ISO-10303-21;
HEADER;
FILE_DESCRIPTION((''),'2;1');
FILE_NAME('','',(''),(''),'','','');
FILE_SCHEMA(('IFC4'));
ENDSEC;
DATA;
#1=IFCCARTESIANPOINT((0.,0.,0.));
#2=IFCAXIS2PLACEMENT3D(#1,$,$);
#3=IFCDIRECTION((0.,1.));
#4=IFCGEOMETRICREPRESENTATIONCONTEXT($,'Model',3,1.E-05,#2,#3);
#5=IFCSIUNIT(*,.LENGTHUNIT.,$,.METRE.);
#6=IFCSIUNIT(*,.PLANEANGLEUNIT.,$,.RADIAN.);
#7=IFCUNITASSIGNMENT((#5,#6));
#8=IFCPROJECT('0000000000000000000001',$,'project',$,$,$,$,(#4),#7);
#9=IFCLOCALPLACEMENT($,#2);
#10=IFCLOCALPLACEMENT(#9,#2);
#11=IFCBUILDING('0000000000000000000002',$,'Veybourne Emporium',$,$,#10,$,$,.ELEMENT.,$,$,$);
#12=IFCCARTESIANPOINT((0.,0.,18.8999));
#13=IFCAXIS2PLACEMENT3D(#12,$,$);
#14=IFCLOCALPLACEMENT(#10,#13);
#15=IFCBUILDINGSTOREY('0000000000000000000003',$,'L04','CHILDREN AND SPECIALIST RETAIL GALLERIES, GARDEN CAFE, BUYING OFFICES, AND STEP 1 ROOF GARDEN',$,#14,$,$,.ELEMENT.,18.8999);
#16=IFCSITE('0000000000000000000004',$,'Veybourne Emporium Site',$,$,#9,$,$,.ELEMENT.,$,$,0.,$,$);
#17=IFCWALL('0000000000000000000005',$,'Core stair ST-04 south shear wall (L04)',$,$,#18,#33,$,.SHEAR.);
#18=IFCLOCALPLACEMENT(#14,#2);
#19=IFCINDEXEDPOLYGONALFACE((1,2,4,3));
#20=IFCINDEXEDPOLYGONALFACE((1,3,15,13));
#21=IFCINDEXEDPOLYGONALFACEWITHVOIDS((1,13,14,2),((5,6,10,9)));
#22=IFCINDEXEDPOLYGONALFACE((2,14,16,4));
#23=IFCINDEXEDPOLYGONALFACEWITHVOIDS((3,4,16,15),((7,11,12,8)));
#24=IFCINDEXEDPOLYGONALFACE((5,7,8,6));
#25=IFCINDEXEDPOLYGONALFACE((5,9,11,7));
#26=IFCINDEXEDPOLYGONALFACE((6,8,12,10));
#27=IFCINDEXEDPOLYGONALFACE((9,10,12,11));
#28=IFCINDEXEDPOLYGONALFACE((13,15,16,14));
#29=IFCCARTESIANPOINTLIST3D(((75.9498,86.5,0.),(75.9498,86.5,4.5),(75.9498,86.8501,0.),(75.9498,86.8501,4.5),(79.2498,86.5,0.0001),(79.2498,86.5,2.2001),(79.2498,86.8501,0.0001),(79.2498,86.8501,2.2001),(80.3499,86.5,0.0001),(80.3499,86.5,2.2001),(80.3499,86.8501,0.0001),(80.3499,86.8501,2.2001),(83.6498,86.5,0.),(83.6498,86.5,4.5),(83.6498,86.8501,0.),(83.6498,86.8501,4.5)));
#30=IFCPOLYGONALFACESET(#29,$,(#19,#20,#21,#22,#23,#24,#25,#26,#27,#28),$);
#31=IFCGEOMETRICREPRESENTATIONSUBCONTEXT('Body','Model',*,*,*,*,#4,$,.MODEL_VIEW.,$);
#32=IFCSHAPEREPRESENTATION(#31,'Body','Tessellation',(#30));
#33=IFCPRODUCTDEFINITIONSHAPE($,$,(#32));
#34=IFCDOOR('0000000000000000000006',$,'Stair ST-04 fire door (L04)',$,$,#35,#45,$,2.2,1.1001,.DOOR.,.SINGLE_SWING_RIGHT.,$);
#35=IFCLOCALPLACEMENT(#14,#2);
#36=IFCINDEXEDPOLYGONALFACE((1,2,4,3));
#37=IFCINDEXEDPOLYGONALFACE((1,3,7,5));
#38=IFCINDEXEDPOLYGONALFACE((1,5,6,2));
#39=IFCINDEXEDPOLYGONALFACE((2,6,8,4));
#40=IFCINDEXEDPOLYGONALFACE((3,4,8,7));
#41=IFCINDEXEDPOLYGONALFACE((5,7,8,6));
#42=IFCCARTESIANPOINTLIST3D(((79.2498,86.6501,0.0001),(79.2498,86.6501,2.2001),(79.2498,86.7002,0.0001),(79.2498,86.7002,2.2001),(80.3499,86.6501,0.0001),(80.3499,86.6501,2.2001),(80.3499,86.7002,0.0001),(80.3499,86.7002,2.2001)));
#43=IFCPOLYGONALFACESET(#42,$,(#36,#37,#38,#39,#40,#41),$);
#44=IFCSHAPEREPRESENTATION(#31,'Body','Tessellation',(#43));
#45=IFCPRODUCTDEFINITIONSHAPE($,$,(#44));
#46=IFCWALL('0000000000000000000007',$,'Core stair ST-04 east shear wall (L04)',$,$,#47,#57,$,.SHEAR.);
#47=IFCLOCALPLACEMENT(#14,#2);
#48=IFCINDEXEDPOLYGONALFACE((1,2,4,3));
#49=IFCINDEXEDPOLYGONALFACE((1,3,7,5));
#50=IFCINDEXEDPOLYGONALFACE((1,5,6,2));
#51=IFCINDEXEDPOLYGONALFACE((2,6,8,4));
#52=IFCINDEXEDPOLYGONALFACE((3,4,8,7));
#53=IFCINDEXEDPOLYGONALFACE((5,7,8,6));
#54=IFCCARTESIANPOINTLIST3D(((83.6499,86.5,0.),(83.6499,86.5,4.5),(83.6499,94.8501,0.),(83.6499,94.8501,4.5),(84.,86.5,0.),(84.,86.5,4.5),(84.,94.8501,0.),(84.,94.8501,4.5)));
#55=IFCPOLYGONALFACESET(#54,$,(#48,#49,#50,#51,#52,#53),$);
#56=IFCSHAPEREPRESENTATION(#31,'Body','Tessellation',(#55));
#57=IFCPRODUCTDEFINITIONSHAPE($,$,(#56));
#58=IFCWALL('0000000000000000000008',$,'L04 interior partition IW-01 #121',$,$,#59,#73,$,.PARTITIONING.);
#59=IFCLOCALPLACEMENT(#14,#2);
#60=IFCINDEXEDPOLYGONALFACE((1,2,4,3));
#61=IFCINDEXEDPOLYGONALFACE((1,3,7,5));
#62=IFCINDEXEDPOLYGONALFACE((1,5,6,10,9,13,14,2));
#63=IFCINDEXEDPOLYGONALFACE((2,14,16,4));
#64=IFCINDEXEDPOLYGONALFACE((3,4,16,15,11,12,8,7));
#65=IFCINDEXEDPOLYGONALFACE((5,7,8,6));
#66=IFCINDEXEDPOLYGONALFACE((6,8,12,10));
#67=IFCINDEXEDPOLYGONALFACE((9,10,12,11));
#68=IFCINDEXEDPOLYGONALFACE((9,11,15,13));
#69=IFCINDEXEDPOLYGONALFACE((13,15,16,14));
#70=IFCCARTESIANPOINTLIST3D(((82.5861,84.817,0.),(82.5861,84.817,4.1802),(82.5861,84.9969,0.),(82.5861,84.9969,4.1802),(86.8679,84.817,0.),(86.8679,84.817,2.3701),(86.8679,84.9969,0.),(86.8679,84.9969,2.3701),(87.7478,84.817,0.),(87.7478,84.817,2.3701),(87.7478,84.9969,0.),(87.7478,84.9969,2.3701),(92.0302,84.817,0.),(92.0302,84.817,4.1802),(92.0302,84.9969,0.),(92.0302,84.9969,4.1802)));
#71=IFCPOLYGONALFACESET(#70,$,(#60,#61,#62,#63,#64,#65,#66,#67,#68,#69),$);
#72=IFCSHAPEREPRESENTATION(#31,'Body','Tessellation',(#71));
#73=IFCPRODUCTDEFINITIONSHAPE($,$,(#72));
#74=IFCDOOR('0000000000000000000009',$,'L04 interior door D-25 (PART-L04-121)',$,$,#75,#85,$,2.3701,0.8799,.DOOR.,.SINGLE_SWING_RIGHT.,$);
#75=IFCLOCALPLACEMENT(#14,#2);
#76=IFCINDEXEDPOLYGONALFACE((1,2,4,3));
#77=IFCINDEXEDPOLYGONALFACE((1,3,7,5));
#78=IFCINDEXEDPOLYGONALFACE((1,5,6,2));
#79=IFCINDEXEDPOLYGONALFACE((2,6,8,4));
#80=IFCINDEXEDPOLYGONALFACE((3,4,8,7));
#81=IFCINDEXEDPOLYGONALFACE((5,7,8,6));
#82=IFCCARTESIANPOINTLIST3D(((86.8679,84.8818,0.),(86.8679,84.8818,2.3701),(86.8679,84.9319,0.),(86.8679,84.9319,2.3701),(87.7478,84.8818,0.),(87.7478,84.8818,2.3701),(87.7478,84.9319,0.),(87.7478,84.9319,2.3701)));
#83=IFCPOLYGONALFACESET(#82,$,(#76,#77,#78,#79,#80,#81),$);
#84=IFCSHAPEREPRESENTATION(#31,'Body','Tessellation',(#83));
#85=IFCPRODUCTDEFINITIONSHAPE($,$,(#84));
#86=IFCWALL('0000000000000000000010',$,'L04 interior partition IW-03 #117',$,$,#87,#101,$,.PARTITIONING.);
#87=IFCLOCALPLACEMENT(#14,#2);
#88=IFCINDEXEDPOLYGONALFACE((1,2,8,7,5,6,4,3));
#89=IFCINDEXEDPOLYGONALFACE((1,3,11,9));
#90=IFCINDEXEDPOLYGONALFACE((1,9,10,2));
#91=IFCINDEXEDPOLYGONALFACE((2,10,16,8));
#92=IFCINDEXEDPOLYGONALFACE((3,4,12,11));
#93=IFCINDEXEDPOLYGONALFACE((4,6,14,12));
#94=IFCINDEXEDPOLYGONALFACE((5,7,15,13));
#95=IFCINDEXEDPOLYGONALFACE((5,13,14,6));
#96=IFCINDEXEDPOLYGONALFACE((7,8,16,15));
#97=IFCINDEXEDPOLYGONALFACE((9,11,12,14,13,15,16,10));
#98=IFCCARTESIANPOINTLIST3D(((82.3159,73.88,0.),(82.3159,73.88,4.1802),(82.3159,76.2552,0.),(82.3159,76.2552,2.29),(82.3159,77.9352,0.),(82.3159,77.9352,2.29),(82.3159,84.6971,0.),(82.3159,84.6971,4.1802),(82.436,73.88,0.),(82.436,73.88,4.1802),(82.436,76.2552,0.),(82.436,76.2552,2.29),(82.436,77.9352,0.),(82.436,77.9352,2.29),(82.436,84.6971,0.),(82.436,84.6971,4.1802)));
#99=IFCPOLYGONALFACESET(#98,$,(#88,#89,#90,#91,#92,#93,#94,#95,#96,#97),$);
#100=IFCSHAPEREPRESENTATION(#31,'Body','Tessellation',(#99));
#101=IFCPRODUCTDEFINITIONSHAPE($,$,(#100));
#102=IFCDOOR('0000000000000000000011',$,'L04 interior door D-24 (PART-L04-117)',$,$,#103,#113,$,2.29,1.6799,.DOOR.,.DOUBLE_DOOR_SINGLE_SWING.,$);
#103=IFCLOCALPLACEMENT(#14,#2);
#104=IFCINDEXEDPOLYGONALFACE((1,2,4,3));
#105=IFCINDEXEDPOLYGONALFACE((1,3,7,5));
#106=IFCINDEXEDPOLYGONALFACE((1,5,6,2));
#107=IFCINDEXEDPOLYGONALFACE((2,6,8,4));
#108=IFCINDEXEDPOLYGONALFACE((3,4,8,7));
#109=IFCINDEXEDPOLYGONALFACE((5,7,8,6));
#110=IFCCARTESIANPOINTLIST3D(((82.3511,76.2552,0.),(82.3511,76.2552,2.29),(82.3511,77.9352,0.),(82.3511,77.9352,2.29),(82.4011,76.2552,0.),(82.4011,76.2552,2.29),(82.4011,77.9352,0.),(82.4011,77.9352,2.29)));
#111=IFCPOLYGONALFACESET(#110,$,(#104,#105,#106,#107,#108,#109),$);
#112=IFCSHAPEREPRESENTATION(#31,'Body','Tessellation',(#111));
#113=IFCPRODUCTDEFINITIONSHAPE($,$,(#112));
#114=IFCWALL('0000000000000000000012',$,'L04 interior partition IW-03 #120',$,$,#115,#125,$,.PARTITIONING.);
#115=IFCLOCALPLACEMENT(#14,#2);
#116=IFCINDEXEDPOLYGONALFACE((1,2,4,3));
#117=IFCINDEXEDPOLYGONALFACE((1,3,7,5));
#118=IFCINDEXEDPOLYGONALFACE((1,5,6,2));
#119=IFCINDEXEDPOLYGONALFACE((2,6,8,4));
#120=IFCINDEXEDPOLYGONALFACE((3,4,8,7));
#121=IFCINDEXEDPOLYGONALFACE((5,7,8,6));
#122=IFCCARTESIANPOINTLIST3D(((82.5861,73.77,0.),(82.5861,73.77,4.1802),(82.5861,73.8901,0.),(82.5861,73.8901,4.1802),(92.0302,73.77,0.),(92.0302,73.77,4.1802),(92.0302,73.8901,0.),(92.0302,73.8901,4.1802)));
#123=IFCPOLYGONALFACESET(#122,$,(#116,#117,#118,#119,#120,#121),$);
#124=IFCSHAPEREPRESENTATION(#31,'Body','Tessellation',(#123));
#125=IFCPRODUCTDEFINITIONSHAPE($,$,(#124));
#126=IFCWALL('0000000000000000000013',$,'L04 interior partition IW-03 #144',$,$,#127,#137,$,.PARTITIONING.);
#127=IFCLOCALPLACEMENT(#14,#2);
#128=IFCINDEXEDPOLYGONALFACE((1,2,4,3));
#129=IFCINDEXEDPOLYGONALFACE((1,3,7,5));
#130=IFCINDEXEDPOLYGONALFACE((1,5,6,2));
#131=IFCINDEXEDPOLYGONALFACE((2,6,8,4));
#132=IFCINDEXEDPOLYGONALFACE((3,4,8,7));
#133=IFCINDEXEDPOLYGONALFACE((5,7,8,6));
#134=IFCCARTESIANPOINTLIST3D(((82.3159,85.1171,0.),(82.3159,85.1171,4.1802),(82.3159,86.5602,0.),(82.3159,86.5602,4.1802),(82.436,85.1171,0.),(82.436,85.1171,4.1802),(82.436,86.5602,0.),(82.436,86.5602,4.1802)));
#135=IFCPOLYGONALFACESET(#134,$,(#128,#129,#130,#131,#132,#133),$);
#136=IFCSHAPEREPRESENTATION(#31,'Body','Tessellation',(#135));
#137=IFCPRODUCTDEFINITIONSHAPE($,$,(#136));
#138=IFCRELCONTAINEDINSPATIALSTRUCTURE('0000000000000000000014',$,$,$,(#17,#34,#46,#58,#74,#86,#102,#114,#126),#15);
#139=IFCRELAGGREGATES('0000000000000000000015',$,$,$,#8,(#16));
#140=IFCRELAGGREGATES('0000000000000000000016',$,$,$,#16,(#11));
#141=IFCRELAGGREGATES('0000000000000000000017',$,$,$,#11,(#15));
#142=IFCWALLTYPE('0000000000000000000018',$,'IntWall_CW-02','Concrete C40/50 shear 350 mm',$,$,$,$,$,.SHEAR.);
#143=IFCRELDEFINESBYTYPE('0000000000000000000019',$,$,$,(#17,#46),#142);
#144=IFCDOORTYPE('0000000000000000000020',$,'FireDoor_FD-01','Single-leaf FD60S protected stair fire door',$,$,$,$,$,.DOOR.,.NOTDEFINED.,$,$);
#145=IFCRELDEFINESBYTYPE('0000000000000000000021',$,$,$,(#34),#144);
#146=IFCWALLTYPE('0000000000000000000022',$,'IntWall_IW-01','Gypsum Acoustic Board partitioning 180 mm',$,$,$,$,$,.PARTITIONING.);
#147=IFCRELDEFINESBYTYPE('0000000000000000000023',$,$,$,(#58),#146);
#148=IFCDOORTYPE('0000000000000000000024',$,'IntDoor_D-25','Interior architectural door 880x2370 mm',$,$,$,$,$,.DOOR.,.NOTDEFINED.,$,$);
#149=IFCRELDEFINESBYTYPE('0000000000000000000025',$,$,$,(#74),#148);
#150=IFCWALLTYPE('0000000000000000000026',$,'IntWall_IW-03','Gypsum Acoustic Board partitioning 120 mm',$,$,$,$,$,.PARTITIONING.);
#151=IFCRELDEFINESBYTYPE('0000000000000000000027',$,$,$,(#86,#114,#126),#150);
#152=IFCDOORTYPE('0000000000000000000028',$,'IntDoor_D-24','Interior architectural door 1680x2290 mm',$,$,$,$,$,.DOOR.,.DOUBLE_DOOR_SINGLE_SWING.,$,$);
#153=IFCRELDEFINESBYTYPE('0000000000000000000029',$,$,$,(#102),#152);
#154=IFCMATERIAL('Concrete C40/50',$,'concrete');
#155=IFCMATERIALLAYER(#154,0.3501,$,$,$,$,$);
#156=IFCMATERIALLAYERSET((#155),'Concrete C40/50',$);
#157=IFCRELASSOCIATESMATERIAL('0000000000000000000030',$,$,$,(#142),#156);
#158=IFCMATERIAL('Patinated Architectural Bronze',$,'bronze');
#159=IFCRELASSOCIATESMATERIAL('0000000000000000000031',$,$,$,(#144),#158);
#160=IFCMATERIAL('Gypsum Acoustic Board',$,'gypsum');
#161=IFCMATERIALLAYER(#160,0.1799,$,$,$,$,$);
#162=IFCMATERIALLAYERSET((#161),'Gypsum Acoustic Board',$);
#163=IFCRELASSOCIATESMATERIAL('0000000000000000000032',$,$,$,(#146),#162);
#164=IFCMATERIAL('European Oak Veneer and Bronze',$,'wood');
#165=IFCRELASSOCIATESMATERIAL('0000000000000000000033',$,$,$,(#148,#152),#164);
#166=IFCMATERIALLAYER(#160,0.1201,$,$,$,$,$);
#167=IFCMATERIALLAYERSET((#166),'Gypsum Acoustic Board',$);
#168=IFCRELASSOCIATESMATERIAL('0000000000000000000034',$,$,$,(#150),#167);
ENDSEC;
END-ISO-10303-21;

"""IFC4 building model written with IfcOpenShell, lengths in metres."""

from ifc_helpers import new_model, si_unit, direction, frame, frame_2d, origin, place, context, subcontext, project, spatial, rectangle, extrude, material, layer, layer_set, type_object, element, fill, save


model = new_model("IFC4")

# Units and contexts
model_context = context("Model", 3, precision=1e-05, world=origin(), true_north=direction((0.0, 1.0)))
body_context = subcontext(model_context, "Body", "Model", "MODEL_VIEW")
ifc_project = project(units=[si_unit("LENGTHUNIT", "METRE"), si_unit("PLANEANGLEUNIT", "RADIAN")], contexts=[model_context])

# Site, building, storey
site_placement = place(None, origin())
site = spatial("IfcSite", under=ifc_project, at=site_placement, Name="Veybourne Emporium Site", CompositionType="ELEMENT", RefElevation=0.0)
building_placement = place(site_placement, origin())
building = spatial("IfcBuilding", under=site, at=building_placement, Name="Veybourne Emporium", CompositionType="ELEMENT")
storey_placement = place(building_placement, frame((0.0, 0.0, 18.8999)))
storey = spatial("IfcBuildingStorey", under=building, at=storey_placement, Name="L04", Description="CHILDREN AND SPECIALIST RETAIL GALLERIES, GARDEN CAFE, BUYING OFFICES, AND STEP 1 ROOF GARDEN", CompositionType="ELEMENT", Elevation=18.8999)

# Shared definitions
ifc_material_1 = material(Name="Concrete C40/50", Category="concrete")

# Shared definitions
ifc_material_2 = material(Name="Patinated Architectural Bronze", Category="bronze")

# Wall, opening, door
ifc_layer_1 = layer(ifc_material_1, 0.3501)
ifc_layer_set_1 = layer_set([ifc_layer_1], Name="Concrete C40/50")
wall_type_1 = type_object("IfcWallType", Name="IntWall_CW-02", Description="Concrete C40/50 shear 350 mm", PredefinedType="SHEAR", material=ifc_layer_set_1)
wall_1_placement = place(storey_placement, frame((83.6499, 86.675, 0.0), z_axis=(0.0, 0.0, 1.0), x_axis=(-1.0, 0.0, 0.0)))
wall_1 = element("IfcWall", 1, at=wall_1_placement, inside=storey, type_object=wall_type_1, Name="Core stair ST-04 south shear wall (L04)", PredefinedType="SHEAR", context=body_context, shape_type="SweptSolid", body=[
    extrude(rectangle(XDim=7.7, YDim=0.3501, at=frame_2d((3.8501, 0.0))), origin(), (0.0, 0.0, 1.0), 4.5),
])
opening_1_placement = place(wall_1_placement, frame((3.3, 0.0, 0.0)))
opening_1 = element("IfcOpeningElement", 2, at=opening_1_placement, cuts=wall_1, PredefinedType="OPENING", context=body_context, shape_type="SweptSolid", body=[
    extrude(rectangle(XDim=1.1001, YDim=2.2, at=frame_2d((0.55, 1.1001))), frame((0.0, 0.1951, 0.0), z_axis=(0.0, -1.0, 0.0), x_axis=(1.0, 0.0, 0.0)), (0.0, 0.0, 1.0), 0.3901),
])
door_type_1 = type_object("IfcDoorType", Name="FireDoor_FD-01", Description="Single-leaf FD60S protected stair fire door", OperationType="NOTDEFINED", PredefinedType="DOOR", material=ifc_material_2)
door_1_placement = place(opening_1_placement, origin())
door_1 = element("IfcDoor", 3, at=door_1_placement, inside=storey, type_object=door_type_1, Name="Stair ST-04 fire door (L04)", OperationType="SINGLE_SWING_RIGHT", OverallHeight=2.2, OverallWidth=1.1001, PredefinedType="DOOR", context=body_context, shape_type="SweptSolid", body=[
    extrude(rectangle(XDim=1.1001, YDim=2.2, at=frame_2d((0.55, 1.1001))), frame((0.0, 0.0249, 0.0), z_axis=(0.0, -1.0, 0.0), x_axis=(1.0, 0.0, 0.0)), (0.0, 0.0, 1.0), 0.05),
])
fill(opening_1, door_1)

# Wall
wall_2_placement = place(storey_placement, frame((83.825, 86.5, 0.0), z_axis=(0.0, 0.0, 1.0), x_axis=(0.0, 1.0, 0.0)))
element("IfcWall", 4, at=wall_2_placement, inside=storey, type_object=wall_type_1, Name="Core stair ST-04 east shear wall (L04)", PredefinedType="SHEAR", context=body_context, shape_type="SweptSolid", body=[
    extrude(rectangle(XDim=8.3501, YDim=0.3501, at=frame_2d((4.175, 0.0))), origin(), (0.0, 0.0, 1.0), 4.5),
])

# Walls, openings, doors
ifc_material_3 = material(Name="Gypsum Acoustic Board", Category="gypsum")
ifc_layer_2 = layer(ifc_material_3, 0.1799)
ifc_layer_set_2 = layer_set([ifc_layer_2], Name="Gypsum Acoustic Board")
wall_type_2 = type_object("IfcWallType", Name="IntWall_IW-01", Description="Gypsum Acoustic Board partitioning 180 mm", PredefinedType="PARTITIONING", material=ifc_layer_set_2)
wall_3_placement = place(storey_placement, frame((82.5859, 84.907, 0.0), z_axis=(0.0, 0.0, 1.0), x_axis=(1.0, 0.0, 0.0)))
wall_3 = element("IfcWall", 5, at=wall_3_placement, inside=storey, type_object=wall_type_2, Name="L04 interior partition IW-01 #121", PredefinedType="PARTITIONING", context=body_context, shape_type="SweptSolid", body=[
    extrude(rectangle(XDim=9.4441, YDim=0.1799, at=frame_2d((4.7222, 0.0))), origin(), (0.0, 0.0, 1.0), 4.1802),
])
opening_2_placement = place(wall_3_placement, frame((4.282, 0.0, 0.0)))
opening_2 = element("IfcOpeningElement", 6, at=opening_2_placement, cuts=wall_3, PredefinedType="OPENING", context=body_context, shape_type="SweptSolid", body=[
    extrude(rectangle(XDim=0.8799, YDim=2.3701, at=frame_2d((0.4399, 1.1851))), frame((0.0, 0.1099, 0.0), z_axis=(0.0, -1.0, 0.0), x_axis=(1.0, 0.0, 0.0)), (0.0, 0.0, 1.0), 0.22),
])
ifc_material_4 = material(Name="European Oak Veneer and Bronze", Category="wood")
door_type_2 = type_object("IfcDoorType", Name="IntDoor_D-25", Description="Interior architectural door 880x2370 mm", OperationType="NOTDEFINED", PredefinedType="DOOR", material=ifc_material_4)
door_2_placement = place(opening_2_placement, origin())
door_2 = element("IfcDoor", 7, at=door_2_placement, inside=storey, type_object=door_type_2, Name="L04 interior door D-25 (PART-L04-121)", OperationType="SINGLE_SWING_RIGHT", OverallHeight=2.3701, OverallWidth=0.8799, PredefinedType="DOOR", context=body_context, shape_type="SweptSolid", body=[
    extrude(rectangle(XDim=0.8799, YDim=2.3701, at=frame_2d((0.4399, 1.1851))), frame((0.0, 0.0249, 0.0), z_axis=(0.0, -1.0, 0.0), x_axis=(1.0, 0.0, 0.0)), (0.0, 0.0, 1.0), 0.05),
])
fill(opening_2, door_2)
ifc_layer_3 = layer(ifc_material_3, 0.1201)
ifc_layer_set_3 = layer_set([ifc_layer_3], Name="Gypsum Acoustic Board")
wall_type_3 = type_object("IfcWallType", Name="IntWall_IW-03", Description="Gypsum Acoustic Board partitioning 120 mm", PredefinedType="PARTITIONING", material=ifc_layer_set_3)
wall_4_placement = place(storey_placement, frame((82.376, 73.8799, 0.0), z_axis=(0.0, 0.0, 1.0), x_axis=(0.0, 1.0, 0.0)))
wall_4 = element("IfcWall", 8, at=wall_4_placement, inside=storey, type_object=wall_type_3, Name="L04 interior partition IW-03 #117", PredefinedType="PARTITIONING", context=body_context, shape_type="SweptSolid", body=[
    extrude(rectangle(XDim=10.8171, YDim=0.1201, at=frame_2d((5.4087, 0.0))), origin(), (0.0, 0.0, 1.0), 4.1802),
])
opening_3_placement = place(wall_4_placement, frame((2.3755, 0.0, 0.0)))
opening_3 = element("IfcOpeningElement", 9, at=opening_3_placement, cuts=wall_4, PredefinedType="OPENING", context=body_context, shape_type="SweptSolid", body=[
    extrude(rectangle(XDim=1.6799, YDim=2.29, at=frame_2d((0.8398, 1.145))), frame((0.0, 0.0801, 0.0), z_axis=(0.0, -1.0, 0.0), x_axis=(1.0, 0.0, 0.0)), (0.0, 0.0, 1.0), 0.1602),
])
door_type_3 = type_object("IfcDoorType", Name="IntDoor_D-24", Description="Interior architectural door 1680x2290 mm", OperationType="DOUBLE_DOOR_SINGLE_SWING", PredefinedType="DOOR", material=ifc_material_4)
door_3_placement = place(opening_3_placement, origin())
door_3 = element("IfcDoor", 10, at=door_3_placement, inside=storey, type_object=door_type_3, Name="L04 interior door D-24 (PART-L04-117)", OperationType="DOUBLE_DOOR_SINGLE_SWING", OverallHeight=2.29, OverallWidth=1.6799, PredefinedType="DOOR", context=body_context, shape_type="SweptSolid", body=[
    extrude(rectangle(XDim=1.6799, YDim=2.29, at=frame_2d((0.8398, 1.145))), frame((0.0, 0.0249, 0.0), z_axis=(0.0, -1.0, 0.0), x_axis=(1.0, 0.0, 0.0)), (0.0, 0.0, 1.0), 0.05),
])
fill(opening_3, door_3)

# Walls
wall_5_placement = place(storey_placement, frame((82.5859, 73.8301, 0.0), z_axis=(0.0, 0.0, 1.0), x_axis=(1.0, 0.0, 0.0)))
element("IfcWall", 11, at=wall_5_placement, inside=storey, type_object=wall_type_3, Name="L04 interior partition IW-03 #120", PredefinedType="PARTITIONING", context=body_context, shape_type="SweptSolid", body=[
    extrude(rectangle(XDim=9.4441, YDim=0.1201, at=frame_2d((4.7222, 0.0))), origin(), (0.0, 0.0, 1.0), 4.1802),
])
wall_6_placement = place(storey_placement, frame((82.376, 85.1169, 0.0), z_axis=(0.0, 0.0, 1.0), x_axis=(0.0, 1.0, 0.0)))
element("IfcWall", 12, at=wall_6_placement, inside=storey, type_object=wall_type_3, Name="L04 interior partition IW-03 #144", PredefinedType="PARTITIONING", context=body_context, shape_type="SweptSolid", body=[
    extrude(rectangle(XDim=1.4431, YDim=0.1201, at=frame_2d((0.7217, 0.0))), origin(), (0.0, 0.0, 1.0), 4.1802),
])

save(model, "model.ifc")
